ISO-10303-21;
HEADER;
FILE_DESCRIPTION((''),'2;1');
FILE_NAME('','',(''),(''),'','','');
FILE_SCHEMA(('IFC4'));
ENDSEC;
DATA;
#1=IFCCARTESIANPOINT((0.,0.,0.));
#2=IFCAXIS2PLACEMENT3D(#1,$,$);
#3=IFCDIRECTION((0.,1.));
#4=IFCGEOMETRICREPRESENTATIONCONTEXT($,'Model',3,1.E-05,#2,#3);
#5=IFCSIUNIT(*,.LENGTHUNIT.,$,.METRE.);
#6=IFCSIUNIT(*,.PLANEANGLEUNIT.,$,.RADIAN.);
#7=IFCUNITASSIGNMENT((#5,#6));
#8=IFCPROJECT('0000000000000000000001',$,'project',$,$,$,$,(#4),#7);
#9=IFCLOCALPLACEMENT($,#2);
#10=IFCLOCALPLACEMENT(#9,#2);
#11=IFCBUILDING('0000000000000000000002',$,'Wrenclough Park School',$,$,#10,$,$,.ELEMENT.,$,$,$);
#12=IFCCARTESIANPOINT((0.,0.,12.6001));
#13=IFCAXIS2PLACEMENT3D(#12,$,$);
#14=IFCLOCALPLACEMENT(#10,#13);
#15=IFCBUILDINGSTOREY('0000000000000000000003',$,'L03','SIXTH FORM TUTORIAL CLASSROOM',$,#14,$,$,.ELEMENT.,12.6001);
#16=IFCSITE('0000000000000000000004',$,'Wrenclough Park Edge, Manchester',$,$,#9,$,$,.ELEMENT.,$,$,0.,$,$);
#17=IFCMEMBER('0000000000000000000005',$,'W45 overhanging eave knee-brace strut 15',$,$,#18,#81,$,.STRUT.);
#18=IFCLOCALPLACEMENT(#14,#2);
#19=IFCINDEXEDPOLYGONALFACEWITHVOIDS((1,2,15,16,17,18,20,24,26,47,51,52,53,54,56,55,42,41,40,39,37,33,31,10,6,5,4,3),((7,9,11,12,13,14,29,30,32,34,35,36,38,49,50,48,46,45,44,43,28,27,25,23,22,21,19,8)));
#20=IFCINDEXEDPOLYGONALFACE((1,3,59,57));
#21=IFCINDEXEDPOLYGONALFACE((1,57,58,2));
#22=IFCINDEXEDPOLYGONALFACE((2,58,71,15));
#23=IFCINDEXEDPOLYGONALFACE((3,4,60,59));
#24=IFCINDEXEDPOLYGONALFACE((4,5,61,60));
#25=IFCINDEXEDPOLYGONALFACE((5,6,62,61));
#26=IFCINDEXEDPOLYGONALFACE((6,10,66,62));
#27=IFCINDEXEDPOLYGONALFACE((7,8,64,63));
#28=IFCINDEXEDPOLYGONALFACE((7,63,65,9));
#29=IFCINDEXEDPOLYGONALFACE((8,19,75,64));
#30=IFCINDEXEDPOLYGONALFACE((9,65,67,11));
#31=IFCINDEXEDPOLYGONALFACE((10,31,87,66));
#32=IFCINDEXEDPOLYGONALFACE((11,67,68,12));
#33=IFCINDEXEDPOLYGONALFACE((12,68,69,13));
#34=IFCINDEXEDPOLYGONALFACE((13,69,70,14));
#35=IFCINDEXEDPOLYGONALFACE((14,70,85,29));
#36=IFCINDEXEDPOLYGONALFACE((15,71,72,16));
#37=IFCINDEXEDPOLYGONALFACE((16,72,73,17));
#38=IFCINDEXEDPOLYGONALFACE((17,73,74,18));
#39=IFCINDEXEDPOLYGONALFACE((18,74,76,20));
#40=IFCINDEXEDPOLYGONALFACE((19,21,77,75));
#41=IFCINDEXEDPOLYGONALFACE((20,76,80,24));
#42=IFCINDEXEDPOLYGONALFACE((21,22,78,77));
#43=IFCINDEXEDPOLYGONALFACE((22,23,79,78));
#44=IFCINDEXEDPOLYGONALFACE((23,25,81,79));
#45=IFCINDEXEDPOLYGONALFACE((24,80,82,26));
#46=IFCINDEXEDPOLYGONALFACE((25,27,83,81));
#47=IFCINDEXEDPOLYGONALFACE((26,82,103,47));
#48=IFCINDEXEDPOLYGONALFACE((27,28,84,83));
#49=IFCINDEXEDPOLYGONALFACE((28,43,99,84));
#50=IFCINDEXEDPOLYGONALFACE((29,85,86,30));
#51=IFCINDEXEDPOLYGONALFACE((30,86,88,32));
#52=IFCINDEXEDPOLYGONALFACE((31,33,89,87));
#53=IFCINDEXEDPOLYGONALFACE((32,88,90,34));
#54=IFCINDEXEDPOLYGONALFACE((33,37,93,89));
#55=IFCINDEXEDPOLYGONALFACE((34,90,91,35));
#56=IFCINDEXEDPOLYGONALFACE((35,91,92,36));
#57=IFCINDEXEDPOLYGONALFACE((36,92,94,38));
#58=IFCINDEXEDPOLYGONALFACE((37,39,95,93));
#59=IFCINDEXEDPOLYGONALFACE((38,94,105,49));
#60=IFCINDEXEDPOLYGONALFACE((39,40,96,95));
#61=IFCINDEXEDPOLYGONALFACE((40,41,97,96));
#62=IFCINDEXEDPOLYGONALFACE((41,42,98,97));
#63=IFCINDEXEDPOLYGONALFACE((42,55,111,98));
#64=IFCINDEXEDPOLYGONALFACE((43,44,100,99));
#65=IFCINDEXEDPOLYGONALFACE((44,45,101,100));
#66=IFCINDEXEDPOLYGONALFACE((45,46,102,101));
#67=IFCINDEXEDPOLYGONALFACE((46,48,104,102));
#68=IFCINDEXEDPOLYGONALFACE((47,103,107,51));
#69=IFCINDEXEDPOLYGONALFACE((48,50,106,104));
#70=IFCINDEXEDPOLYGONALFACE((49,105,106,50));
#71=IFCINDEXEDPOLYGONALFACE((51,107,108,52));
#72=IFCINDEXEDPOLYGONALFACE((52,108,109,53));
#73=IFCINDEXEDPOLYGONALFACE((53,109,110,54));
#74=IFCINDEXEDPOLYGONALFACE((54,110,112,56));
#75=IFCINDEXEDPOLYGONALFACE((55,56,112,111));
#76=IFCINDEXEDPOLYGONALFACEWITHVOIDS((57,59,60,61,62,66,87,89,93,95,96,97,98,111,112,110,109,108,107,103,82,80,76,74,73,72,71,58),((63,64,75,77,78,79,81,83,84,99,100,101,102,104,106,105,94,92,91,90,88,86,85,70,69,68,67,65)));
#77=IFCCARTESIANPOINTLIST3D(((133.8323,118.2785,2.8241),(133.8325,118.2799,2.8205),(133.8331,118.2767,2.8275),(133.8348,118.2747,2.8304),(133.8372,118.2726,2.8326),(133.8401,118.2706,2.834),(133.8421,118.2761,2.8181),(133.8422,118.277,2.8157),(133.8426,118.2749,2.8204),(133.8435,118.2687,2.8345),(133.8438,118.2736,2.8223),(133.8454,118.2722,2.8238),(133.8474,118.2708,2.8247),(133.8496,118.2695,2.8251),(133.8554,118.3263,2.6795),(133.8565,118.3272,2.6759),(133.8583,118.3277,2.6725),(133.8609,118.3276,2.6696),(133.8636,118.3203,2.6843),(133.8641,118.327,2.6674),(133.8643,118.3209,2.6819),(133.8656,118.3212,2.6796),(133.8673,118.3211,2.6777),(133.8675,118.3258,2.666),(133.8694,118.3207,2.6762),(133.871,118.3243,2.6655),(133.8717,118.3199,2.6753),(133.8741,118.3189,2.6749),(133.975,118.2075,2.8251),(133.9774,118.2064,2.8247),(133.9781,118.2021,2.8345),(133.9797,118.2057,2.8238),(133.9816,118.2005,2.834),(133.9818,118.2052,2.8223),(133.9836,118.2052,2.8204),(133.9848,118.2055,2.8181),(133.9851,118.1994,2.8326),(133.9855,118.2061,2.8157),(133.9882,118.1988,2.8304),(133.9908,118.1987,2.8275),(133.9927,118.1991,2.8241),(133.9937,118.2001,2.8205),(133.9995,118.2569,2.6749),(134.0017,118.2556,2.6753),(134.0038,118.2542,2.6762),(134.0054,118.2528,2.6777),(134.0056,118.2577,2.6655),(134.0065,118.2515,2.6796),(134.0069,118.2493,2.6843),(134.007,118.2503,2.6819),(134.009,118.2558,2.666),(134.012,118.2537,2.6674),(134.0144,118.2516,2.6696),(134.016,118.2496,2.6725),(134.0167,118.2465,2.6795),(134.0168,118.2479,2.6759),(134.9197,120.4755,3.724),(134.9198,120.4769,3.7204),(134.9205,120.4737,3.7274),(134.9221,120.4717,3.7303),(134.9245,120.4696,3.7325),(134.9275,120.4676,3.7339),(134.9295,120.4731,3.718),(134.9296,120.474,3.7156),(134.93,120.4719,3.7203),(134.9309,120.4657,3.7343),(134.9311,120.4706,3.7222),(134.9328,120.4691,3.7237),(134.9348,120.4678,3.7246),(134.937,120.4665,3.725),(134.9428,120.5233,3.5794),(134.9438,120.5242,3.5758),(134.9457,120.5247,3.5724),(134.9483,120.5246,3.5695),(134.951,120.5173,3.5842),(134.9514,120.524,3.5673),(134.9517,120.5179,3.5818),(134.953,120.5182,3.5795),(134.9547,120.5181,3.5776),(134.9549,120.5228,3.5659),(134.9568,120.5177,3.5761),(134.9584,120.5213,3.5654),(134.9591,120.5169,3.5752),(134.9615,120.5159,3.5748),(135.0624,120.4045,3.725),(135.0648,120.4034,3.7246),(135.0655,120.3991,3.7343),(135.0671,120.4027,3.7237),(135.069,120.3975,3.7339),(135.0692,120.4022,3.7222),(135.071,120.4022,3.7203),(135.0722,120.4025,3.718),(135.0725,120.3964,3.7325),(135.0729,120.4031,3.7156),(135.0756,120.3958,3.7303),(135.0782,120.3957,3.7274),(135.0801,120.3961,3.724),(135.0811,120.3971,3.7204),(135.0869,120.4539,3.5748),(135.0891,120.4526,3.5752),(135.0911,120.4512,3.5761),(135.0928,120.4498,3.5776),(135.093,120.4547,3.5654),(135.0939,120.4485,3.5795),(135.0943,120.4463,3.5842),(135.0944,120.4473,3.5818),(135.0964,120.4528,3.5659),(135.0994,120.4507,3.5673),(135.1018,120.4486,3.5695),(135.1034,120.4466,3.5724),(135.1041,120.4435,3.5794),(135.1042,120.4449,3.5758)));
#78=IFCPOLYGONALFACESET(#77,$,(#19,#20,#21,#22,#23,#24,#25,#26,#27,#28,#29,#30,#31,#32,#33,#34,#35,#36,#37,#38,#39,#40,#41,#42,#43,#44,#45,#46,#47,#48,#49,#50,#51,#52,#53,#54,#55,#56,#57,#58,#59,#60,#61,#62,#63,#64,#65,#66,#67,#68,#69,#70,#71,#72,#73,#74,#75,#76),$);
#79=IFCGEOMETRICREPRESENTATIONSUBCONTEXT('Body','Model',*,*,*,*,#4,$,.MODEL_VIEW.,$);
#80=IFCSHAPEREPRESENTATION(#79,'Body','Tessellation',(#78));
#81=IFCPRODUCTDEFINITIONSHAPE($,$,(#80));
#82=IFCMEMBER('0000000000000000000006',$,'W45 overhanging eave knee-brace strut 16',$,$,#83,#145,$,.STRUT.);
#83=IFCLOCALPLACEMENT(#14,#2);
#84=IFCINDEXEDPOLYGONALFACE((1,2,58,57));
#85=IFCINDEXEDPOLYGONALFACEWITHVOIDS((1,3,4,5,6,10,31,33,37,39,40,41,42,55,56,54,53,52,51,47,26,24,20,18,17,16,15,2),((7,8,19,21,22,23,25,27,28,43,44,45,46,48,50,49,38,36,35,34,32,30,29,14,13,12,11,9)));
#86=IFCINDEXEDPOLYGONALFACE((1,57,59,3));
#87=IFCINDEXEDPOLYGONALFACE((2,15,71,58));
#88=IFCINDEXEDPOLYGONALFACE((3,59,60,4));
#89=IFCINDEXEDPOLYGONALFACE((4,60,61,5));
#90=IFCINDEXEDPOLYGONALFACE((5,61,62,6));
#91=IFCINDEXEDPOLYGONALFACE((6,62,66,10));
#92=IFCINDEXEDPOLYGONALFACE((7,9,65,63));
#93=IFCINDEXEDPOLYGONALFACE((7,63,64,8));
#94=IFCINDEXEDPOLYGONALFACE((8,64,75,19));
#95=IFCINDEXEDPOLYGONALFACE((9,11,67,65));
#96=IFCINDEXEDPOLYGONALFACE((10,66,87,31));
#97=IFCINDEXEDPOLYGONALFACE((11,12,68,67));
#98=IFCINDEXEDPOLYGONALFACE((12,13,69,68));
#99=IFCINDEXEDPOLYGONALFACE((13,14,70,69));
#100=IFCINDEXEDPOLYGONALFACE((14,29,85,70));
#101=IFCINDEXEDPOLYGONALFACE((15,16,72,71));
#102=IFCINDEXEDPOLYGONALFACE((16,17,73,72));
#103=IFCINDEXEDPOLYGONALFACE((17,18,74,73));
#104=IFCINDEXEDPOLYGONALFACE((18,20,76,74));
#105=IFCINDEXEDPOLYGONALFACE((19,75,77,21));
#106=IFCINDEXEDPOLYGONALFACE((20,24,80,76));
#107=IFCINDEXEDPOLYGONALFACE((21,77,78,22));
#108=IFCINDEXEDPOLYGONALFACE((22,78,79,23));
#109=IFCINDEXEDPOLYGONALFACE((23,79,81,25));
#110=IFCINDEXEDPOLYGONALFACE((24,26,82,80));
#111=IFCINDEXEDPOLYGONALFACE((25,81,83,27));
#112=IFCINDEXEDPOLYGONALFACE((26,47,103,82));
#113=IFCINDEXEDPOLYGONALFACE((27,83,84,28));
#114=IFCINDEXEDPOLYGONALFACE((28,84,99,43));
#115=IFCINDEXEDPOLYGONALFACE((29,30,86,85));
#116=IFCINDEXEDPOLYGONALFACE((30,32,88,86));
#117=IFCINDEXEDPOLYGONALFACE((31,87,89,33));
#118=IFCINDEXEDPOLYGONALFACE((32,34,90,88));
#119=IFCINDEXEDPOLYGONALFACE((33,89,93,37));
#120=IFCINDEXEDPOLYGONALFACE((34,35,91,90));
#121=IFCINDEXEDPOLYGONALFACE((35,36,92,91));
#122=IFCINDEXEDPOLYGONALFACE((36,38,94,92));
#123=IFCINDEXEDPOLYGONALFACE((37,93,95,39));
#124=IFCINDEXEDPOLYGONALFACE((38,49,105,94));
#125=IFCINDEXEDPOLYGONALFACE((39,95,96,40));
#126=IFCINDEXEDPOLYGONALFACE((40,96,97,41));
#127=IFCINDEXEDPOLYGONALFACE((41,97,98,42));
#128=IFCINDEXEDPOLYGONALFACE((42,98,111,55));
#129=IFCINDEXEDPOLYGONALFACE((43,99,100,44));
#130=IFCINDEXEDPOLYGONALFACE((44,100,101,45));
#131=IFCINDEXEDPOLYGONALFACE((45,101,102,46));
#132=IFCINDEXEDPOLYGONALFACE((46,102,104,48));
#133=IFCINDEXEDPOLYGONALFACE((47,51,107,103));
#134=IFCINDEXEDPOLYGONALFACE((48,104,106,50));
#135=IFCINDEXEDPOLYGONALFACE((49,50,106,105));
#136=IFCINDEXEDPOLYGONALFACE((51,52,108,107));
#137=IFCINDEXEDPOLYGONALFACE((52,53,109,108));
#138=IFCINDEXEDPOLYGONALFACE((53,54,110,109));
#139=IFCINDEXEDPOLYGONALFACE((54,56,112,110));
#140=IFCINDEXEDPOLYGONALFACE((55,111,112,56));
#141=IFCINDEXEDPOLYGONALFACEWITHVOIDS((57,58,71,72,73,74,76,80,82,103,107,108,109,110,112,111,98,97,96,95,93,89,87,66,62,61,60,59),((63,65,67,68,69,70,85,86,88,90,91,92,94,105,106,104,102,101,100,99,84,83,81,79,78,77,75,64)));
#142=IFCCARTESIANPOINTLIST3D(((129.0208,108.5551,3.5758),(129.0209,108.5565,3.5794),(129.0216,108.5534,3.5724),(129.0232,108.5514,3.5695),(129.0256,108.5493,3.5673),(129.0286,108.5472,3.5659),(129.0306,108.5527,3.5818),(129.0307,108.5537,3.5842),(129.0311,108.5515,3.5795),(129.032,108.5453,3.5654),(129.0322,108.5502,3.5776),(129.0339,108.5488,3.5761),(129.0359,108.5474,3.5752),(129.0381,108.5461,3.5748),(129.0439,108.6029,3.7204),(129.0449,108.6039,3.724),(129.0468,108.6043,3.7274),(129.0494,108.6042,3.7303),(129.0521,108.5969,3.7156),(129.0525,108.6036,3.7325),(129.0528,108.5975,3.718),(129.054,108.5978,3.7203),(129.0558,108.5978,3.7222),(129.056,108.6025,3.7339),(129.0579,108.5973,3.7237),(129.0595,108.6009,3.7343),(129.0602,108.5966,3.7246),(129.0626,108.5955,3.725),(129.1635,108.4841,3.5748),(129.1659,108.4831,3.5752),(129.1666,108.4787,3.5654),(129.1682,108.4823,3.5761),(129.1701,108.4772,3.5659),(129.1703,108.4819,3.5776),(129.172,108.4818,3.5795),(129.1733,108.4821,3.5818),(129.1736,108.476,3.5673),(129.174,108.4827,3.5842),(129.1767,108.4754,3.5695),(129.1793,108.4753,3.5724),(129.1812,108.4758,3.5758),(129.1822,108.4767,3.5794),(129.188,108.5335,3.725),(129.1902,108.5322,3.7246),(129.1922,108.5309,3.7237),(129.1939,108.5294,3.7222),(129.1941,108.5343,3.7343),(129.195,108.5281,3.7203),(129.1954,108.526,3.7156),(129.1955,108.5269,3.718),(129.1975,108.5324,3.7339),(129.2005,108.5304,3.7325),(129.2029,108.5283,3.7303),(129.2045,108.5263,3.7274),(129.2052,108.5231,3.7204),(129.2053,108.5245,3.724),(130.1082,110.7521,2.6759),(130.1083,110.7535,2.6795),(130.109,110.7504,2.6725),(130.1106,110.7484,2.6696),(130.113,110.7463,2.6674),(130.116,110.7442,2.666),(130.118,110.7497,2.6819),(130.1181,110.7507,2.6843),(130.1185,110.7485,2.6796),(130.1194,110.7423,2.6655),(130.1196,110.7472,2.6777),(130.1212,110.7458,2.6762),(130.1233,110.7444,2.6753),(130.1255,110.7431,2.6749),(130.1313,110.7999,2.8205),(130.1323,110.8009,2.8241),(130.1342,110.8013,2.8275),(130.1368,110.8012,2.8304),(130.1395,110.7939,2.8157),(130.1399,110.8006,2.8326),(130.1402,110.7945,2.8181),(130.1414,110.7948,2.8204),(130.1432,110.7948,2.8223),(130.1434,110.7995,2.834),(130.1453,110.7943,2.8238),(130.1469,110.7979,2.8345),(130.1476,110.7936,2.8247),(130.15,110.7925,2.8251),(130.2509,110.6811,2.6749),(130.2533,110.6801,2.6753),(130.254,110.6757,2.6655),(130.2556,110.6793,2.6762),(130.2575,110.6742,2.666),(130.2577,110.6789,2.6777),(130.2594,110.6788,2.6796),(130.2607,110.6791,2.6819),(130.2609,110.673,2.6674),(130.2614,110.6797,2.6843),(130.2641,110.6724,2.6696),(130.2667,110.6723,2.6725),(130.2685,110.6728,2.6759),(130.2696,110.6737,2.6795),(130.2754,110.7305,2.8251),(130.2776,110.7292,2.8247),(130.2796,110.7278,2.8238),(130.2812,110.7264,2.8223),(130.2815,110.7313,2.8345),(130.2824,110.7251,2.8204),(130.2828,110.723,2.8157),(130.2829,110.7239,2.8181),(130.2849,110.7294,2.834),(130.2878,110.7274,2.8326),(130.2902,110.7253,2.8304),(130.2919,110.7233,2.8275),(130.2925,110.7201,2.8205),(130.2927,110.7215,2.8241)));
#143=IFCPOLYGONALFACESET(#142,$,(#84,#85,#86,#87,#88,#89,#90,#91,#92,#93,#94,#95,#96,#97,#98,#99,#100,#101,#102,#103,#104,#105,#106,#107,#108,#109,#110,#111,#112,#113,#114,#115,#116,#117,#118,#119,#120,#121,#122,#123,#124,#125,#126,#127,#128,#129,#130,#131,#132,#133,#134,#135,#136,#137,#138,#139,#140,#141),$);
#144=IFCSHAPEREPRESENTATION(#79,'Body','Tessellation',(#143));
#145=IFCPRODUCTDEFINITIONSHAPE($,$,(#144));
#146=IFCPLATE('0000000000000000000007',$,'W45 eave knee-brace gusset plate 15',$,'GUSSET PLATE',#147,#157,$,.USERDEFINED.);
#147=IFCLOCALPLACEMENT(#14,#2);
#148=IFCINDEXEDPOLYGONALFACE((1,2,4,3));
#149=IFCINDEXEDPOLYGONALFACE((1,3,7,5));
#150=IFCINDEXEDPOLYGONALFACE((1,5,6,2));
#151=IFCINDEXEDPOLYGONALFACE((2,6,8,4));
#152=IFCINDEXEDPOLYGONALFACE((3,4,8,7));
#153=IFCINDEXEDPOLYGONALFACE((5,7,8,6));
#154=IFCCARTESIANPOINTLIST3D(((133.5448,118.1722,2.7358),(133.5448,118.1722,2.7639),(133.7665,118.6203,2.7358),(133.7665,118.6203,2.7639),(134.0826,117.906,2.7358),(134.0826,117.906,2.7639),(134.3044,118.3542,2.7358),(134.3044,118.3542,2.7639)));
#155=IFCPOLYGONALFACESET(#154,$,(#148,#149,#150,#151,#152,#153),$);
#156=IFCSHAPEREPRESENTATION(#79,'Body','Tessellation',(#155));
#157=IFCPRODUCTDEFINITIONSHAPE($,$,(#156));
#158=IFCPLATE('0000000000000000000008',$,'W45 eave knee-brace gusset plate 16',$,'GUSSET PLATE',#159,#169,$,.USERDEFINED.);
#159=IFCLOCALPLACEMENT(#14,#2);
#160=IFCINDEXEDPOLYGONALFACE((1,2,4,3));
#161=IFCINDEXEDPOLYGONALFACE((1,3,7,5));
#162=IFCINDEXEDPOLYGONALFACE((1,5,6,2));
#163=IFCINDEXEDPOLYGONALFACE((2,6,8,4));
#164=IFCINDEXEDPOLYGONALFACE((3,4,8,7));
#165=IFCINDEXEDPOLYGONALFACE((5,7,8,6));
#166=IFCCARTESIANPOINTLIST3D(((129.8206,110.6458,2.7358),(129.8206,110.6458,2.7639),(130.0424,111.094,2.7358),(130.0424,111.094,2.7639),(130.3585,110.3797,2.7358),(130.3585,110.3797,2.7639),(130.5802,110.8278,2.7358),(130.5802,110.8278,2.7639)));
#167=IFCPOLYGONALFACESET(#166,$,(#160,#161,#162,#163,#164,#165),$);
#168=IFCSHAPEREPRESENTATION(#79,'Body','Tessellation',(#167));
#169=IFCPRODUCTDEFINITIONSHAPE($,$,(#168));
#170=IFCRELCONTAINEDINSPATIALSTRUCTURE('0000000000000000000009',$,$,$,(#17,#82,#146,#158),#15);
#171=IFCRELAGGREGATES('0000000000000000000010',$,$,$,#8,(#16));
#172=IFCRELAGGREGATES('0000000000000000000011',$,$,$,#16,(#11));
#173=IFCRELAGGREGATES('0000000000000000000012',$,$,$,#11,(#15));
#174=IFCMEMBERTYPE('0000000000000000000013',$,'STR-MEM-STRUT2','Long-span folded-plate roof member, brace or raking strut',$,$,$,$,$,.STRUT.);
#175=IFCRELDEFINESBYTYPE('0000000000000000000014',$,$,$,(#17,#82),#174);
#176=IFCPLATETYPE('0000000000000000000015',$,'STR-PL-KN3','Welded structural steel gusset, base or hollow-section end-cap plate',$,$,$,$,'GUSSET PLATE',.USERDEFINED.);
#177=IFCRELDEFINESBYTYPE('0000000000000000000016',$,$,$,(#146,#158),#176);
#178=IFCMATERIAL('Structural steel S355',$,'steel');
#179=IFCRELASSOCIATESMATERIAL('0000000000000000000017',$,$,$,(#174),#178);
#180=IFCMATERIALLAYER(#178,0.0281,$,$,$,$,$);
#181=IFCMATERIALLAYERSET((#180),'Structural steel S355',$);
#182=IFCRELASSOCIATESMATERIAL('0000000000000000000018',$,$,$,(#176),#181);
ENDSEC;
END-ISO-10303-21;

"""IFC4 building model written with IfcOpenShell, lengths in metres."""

from ifc_helpers import new_model, si_unit, direction, frame, origin, origin_2d, place, context, subcontext, project, spatial, rectangle, hollow_rectangle, extrude, material, layer, layer_set, material_profile, profile_set, type_object, element, save


model = new_model("IFC4")

# Units and contexts
model_context = context("Model", 3, precision=1e-05, world=origin(), true_north=direction((0.0, 1.0)))
body_context = subcontext(model_context, "Body", "Model", "MODEL_VIEW")
ifc_project = project(units=[si_unit("LENGTHUNIT", "METRE"), si_unit("PLANEANGLEUNIT", "RADIAN")], contexts=[model_context])

# Site, building, storey
site_placement = place(None, origin())
site = spatial("IfcSite", under=ifc_project, at=site_placement, Name="Wrenclough Park Edge, Manchester", CompositionType="ELEMENT", RefElevation=0.0)
building_placement = place(site_placement, origin())
building = spatial("IfcBuilding", under=site, at=building_placement, Name="Wrenclough Park School", CompositionType="ELEMENT")
storey_placement = place(building_placement, frame((0.0, 0.0, 12.6001)))
storey = spatial("IfcBuildingStorey", under=building, at=storey_placement, Name="L03", Description="SIXTH FORM TUTORIAL CLASSROOM", CompositionType="ELEMENT", Elevation=12.6001)

# Shared definitions
ifc_material_1 = material(Name="Structural steel S355", Category="steel")

# Members
ifc_material_profile_1 = material_profile(ifc_material_1, hollow_rectangle(XDim=0.1799, YDim=0.1799, WallThickness=0.01, InnerFilletRadius=0.01, OuterFilletRadius=0.0149, at=origin_2d()), Name="SHS 180x180x10.0")
ifc_profile_set_1 = profile_set([ifc_material_profile_1], Name="Structural steel S355")
member_type = type_object("IfcMemberType", Name="STR-MEM-STRUT2", Description="Long-span folded-plate roof member, brace or raking strut", PredefinedType="STRUT", material=ifc_profile_set_1)
for number, where, z_axis, x_axis, name in (
    (1, (133.9246, 118.2632, 2.75), (0.416413, 0.841334, 0.344611), (-0.896232, 0.443585, 0.0), "W45 overhanging eave knee-brace strut 15"),
    (2, (130.2004, 110.7368, 2.75), (-0.416413, -0.841334, 0.344611), (0.896232, -0.443585, 0.0), "W45 overhanging eave knee-brace strut 16"),
):
    element("IfcMember", number, at=place(storey_placement, frame(where, z_axis=z_axis, x_axis=x_axis)), inside=storey, type_object=member_type, Name=name, PredefinedType="STRUT", context=body_context, shape_type="SweptSolid", body=[
        extrude(hollow_rectangle(XDim=0.1799, YDim=0.1799, WallThickness=0.01, InnerFilletRadius=0.01, OuterFilletRadius=0.0149, at=origin_2d()), origin(), (0.0, 0.0, 1.0), 2.6113),
    ])

# Plates
ifc_layer_1 = layer(ifc_material_1, 0.0281)
ifc_layer_set_1 = layer_set([ifc_layer_1], Name="Structural steel S355")
plate_type = type_object("IfcPlateType", Name="STR-PL-KN3", Description="Welded structural steel gusset, base or hollow-section end-cap plate", ElementType="GUSSET PLATE", PredefinedType="USERDEFINED", material=ifc_layer_set_1)
for number, where, z_axis, x_axis, name in (
    (3, (133.9246, 118.2632, 2.7358), (0.0, 0.0, 1.0), (0.896268, -0.443514, 0.0), "W45 eave knee-brace gusset plate 15"),
    (4, (130.2004, 110.7368, 2.7358), (0.0, 0.0, 1.0), (0.896268, -0.443514, 0.0), "W45 eave knee-brace gusset plate 16"),
):
    element("IfcPlate", number, at=place(storey_placement, frame(where, z_axis=z_axis, x_axis=x_axis)), inside=storey, type_object=plate_type, Name=name, ObjectType="GUSSET PLATE", PredefinedType="USERDEFINED", context=body_context, shape_type="SweptSolid", body=[
        extrude(rectangle(XDim=0.6001, YDim=0.5, at=origin_2d()), origin(), (0.0, 0.0, 1.0), 0.0281),
    ])

save(model, "model.ifc")
